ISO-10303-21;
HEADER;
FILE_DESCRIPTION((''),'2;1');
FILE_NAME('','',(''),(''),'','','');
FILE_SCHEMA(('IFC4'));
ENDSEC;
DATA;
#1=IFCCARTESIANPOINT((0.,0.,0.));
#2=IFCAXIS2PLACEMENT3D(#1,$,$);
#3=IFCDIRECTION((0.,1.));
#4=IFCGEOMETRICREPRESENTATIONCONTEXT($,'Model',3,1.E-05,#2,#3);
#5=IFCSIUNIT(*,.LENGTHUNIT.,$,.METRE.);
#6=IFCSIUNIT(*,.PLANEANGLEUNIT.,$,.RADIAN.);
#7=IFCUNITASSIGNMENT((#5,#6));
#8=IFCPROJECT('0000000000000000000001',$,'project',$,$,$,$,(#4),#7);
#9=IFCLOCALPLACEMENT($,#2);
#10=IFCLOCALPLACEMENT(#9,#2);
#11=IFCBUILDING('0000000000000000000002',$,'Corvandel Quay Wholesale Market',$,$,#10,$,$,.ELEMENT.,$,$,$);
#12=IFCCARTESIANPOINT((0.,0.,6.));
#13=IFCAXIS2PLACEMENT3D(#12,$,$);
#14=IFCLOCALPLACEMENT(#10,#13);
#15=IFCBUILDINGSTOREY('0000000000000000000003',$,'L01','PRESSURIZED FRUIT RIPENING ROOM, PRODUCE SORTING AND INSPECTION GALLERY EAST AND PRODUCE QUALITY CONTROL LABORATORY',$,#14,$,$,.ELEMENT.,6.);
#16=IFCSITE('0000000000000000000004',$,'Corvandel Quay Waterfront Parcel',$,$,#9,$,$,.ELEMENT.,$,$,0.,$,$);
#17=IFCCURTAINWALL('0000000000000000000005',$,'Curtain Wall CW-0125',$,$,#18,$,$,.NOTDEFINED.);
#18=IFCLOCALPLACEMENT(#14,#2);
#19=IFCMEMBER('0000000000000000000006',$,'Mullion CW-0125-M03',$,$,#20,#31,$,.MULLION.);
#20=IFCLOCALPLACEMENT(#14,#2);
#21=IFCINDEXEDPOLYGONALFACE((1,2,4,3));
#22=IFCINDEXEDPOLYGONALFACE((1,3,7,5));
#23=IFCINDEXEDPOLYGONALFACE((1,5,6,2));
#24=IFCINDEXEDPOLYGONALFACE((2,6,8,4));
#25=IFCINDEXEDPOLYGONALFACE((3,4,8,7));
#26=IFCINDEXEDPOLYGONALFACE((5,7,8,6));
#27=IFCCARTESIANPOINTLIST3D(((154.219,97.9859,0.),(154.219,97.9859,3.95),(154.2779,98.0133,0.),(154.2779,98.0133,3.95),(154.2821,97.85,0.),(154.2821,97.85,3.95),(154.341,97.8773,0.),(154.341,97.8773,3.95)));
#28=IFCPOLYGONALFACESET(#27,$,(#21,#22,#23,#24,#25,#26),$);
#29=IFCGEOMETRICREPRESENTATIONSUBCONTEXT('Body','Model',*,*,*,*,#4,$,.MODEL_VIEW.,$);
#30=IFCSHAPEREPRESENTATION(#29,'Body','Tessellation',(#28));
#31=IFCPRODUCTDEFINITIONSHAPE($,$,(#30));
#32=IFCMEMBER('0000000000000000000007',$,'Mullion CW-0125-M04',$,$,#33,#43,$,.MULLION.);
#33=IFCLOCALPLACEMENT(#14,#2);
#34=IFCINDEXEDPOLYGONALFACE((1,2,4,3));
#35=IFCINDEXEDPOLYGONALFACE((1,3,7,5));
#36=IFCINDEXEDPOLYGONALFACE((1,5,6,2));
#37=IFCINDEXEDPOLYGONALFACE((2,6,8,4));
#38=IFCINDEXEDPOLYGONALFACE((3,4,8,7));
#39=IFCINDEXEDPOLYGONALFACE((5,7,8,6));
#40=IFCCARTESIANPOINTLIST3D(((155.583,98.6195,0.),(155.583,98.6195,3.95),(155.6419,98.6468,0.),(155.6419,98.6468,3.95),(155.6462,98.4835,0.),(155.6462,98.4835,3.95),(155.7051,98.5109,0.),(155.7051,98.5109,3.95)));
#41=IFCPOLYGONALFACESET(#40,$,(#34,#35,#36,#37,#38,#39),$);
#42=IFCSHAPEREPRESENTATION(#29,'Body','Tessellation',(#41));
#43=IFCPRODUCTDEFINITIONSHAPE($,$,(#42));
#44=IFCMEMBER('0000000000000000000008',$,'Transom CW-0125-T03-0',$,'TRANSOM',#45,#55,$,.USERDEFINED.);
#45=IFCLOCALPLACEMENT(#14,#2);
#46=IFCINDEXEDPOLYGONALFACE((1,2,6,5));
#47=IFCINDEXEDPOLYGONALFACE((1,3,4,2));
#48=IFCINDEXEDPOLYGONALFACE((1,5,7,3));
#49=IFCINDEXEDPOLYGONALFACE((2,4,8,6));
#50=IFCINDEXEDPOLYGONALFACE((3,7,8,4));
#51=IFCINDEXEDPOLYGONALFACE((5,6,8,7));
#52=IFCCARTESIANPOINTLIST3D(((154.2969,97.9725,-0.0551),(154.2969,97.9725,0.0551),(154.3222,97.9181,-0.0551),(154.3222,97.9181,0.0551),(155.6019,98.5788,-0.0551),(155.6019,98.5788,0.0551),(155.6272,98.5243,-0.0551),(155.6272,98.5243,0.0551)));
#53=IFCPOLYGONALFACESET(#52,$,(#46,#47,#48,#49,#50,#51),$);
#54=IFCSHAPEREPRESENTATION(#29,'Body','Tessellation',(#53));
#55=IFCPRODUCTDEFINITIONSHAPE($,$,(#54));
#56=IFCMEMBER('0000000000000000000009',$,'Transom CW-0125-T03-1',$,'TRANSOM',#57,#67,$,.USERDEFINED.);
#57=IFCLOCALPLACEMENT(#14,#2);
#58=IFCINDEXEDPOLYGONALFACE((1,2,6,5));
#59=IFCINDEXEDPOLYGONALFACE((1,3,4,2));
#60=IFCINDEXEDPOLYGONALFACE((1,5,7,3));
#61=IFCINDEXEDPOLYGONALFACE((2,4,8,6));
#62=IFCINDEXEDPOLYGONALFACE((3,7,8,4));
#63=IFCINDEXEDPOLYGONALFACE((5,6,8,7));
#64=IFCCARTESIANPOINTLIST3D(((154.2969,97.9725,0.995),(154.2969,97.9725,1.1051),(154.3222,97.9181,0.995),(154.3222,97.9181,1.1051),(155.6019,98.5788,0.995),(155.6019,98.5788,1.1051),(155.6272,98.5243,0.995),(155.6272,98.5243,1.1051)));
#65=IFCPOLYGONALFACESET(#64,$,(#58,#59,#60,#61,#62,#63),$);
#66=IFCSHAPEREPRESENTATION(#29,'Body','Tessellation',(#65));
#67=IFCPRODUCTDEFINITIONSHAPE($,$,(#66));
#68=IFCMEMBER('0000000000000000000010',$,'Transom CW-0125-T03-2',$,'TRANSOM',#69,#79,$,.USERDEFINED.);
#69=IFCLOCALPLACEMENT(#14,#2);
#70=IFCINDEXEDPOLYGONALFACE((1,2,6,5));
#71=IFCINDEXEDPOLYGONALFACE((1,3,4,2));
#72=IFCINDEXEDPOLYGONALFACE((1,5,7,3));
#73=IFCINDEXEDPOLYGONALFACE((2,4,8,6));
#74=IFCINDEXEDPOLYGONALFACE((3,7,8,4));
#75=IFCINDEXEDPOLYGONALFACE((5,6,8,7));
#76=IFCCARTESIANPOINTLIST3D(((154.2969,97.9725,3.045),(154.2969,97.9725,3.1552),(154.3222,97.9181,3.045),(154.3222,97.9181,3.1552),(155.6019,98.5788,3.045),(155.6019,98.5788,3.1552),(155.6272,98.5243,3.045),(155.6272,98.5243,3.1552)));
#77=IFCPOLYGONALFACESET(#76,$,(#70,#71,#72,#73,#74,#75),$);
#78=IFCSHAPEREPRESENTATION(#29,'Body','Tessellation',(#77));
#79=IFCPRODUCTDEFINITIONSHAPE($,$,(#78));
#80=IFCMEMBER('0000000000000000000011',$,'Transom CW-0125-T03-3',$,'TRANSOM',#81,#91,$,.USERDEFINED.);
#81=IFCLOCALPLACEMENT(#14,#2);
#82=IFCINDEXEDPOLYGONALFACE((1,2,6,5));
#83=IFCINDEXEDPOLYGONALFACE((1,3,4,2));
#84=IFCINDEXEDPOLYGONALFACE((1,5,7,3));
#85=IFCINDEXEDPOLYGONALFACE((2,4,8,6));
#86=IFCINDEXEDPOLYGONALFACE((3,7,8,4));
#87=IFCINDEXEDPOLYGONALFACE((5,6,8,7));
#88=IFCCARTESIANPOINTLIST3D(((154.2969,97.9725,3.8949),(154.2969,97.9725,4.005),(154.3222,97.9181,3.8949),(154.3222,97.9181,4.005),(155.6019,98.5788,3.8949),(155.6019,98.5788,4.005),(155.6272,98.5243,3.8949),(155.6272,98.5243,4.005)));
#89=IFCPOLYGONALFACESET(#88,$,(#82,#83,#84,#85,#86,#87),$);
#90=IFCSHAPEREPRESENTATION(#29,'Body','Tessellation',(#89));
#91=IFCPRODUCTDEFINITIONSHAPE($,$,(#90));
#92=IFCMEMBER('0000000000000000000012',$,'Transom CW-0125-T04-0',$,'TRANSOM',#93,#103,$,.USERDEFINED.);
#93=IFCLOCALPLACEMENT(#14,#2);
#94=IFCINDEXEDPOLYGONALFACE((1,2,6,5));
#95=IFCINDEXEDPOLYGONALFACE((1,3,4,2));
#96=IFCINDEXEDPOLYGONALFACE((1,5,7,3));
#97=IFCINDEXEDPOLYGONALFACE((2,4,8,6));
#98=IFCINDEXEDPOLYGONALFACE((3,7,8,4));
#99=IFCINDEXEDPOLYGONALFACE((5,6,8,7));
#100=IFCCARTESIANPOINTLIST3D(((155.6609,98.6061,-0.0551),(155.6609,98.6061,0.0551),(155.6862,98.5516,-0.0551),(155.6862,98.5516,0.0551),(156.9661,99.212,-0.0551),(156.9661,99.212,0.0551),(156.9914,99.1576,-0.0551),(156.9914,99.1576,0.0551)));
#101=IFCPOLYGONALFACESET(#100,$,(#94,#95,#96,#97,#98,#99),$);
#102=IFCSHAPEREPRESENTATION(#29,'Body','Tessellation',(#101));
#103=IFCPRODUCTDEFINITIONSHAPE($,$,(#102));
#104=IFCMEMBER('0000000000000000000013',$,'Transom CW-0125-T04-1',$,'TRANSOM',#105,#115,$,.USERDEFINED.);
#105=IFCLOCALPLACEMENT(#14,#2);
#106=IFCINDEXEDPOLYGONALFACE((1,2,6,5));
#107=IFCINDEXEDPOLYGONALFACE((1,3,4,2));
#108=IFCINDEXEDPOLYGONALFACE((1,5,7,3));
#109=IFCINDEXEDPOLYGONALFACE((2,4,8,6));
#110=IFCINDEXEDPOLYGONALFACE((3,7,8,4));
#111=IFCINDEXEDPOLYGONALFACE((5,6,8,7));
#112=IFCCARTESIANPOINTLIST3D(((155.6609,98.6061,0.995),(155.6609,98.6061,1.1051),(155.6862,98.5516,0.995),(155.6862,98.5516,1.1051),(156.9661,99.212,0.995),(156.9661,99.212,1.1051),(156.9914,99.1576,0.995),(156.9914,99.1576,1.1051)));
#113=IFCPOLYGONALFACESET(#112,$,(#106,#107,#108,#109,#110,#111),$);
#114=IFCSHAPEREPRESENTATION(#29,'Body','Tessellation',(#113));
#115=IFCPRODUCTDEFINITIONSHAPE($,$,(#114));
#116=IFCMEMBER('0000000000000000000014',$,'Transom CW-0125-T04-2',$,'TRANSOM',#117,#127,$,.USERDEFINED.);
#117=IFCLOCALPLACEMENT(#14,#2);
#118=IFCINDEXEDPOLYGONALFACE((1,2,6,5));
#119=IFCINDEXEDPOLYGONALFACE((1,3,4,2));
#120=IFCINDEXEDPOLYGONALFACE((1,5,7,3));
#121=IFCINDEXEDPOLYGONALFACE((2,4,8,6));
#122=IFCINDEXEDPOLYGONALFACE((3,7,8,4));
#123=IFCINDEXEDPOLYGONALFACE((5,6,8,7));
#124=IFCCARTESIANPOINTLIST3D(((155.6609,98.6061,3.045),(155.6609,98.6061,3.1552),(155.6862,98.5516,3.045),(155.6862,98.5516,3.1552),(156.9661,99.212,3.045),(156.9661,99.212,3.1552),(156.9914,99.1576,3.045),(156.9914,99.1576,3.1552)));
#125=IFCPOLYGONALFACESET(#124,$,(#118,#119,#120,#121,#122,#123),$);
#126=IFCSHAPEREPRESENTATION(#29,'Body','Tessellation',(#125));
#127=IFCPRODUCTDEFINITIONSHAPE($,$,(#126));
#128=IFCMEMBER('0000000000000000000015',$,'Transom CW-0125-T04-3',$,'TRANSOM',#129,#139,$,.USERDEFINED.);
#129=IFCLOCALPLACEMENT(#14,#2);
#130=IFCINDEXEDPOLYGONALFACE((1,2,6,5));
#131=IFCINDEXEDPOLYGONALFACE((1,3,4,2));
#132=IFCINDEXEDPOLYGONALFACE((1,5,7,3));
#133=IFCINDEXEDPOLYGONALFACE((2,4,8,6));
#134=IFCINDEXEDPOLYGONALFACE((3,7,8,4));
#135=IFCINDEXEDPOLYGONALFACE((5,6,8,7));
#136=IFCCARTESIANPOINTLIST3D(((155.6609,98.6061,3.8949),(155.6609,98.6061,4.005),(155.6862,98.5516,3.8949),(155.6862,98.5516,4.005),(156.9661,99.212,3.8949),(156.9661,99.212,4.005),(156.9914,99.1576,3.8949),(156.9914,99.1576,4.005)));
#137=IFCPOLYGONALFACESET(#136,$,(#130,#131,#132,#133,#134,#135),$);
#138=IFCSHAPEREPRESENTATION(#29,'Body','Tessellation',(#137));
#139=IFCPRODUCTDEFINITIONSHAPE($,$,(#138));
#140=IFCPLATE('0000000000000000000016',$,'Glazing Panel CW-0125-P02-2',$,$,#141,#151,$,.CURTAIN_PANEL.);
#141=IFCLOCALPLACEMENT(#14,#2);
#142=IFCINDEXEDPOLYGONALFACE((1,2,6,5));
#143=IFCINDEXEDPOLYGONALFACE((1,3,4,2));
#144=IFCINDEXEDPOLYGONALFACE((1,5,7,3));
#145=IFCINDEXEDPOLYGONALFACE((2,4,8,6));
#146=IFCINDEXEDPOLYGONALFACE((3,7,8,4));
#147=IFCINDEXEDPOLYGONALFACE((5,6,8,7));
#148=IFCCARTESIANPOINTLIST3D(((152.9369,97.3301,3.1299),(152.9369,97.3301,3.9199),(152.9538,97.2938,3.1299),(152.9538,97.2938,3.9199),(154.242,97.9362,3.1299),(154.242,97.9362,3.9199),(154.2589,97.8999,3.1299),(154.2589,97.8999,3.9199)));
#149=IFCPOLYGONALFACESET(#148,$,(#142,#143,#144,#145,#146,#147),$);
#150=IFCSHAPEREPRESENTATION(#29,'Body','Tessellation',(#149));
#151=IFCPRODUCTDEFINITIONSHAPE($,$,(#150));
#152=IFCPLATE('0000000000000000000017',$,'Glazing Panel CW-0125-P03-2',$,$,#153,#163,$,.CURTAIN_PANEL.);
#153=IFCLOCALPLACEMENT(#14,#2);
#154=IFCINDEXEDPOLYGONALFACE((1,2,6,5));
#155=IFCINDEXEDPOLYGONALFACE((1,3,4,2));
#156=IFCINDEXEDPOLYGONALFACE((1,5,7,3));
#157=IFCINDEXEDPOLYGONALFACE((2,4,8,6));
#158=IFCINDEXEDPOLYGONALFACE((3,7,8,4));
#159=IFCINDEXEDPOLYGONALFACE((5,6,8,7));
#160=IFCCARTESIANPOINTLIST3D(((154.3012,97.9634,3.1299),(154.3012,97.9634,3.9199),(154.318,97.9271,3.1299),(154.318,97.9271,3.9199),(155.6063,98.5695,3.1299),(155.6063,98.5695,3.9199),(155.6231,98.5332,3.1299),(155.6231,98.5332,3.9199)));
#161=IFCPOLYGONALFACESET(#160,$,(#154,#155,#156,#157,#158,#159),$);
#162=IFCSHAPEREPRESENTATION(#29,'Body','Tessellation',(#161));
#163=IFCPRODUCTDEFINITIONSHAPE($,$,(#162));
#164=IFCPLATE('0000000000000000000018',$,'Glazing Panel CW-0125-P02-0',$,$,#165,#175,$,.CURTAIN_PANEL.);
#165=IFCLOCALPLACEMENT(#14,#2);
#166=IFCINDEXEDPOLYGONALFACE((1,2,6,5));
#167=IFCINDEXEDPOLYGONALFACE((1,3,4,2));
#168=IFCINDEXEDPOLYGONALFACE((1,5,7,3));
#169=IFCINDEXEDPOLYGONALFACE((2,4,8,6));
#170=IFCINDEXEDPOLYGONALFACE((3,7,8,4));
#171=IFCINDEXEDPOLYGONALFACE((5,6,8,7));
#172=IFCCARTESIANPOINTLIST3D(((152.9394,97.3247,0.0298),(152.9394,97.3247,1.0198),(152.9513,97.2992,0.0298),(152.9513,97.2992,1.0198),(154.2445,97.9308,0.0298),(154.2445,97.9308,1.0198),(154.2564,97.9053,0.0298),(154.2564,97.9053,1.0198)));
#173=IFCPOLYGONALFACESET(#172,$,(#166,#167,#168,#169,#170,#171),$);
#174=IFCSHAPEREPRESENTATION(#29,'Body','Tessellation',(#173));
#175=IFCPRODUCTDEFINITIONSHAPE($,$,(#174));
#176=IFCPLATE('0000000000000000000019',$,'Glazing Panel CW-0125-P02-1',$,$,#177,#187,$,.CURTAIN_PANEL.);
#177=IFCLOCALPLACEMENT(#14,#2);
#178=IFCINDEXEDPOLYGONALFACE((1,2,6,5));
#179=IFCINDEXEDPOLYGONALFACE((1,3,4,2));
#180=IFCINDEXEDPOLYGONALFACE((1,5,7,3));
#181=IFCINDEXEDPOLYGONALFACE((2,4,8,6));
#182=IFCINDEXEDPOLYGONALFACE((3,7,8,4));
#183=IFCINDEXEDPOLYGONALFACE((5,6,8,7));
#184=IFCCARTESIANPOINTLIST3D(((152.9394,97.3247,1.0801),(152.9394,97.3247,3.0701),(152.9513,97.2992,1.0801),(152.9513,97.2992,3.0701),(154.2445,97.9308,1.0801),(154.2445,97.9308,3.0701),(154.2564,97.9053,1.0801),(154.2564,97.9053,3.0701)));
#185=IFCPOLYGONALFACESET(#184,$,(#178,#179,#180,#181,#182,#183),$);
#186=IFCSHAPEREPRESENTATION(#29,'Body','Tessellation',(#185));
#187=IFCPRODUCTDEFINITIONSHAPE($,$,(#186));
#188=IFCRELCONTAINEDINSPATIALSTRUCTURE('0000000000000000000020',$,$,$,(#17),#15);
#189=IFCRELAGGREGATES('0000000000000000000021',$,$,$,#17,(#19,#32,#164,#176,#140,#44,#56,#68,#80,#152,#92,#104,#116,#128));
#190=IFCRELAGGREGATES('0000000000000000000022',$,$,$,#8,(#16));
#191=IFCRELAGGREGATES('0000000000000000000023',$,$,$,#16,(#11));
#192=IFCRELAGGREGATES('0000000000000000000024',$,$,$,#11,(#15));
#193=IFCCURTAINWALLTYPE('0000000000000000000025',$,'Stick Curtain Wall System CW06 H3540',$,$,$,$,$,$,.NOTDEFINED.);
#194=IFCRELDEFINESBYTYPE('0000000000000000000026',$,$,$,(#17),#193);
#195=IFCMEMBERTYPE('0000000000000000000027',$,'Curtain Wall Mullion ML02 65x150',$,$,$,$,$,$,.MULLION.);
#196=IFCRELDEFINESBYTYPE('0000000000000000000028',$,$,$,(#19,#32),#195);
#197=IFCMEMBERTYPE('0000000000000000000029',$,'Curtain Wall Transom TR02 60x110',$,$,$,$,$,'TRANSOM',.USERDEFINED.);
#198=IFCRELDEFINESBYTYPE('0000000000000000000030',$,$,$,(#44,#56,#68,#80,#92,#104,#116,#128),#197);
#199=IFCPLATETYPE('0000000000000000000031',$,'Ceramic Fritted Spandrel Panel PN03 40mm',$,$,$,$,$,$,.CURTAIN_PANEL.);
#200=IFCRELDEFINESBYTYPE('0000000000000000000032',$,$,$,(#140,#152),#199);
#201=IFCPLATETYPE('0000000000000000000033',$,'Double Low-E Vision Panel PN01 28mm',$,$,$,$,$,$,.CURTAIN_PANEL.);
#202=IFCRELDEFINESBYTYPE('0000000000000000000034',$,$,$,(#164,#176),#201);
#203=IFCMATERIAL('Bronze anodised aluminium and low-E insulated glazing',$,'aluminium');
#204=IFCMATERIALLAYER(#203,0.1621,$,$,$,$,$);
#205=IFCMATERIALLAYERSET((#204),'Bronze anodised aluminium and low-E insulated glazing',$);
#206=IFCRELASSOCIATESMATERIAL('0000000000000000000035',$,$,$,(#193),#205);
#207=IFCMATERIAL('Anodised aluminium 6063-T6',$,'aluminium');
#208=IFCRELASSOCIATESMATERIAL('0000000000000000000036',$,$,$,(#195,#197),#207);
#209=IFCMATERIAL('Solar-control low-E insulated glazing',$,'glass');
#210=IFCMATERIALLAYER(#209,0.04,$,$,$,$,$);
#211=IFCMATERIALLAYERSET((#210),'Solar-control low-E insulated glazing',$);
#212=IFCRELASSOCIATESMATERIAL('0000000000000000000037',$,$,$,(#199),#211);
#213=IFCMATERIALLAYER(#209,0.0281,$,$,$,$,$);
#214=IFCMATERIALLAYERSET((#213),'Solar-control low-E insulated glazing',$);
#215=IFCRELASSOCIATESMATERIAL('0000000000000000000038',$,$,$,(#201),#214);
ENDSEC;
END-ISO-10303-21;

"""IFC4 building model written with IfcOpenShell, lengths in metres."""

from ifc_helpers import new_model, si_unit, direction, frame, origin, origin_2d, place, context, subcontext, project, spatial, rectangle, extrude, material, layer, layer_set, material_profile, profile_set, type_object, element, aggregate, save


model = new_model("IFC4")

# Units and contexts
model_context = context("Model", 3, precision=1e-05, world=origin(), true_north=direction((0.0, 1.0)))
body_context = subcontext(model_context, "Body", "Model", "MODEL_VIEW")
ifc_project = project(units=[si_unit("LENGTHUNIT", "METRE"), si_unit("PLANEANGLEUNIT", "RADIAN")], contexts=[model_context])

# Site, building, storey
site_placement = place(None, origin())
site = spatial("IfcSite", under=ifc_project, at=site_placement, Name="Corvandel Quay Waterfront Parcel", CompositionType="ELEMENT", RefElevation=0.0)
building_placement = place(site_placement, origin())
building = spatial("IfcBuilding", under=site, at=building_placement, Name="Corvandel Quay Wholesale Market", CompositionType="ELEMENT")
storey_placement = place(building_placement, frame((0.0, 0.0, 6.0)))
storey = spatial("IfcBuildingStorey", under=building, at=storey_placement, Name="L01", Description="PRESSURIZED FRUIT RIPENING ROOM, PRODUCE SORTING AND INSPECTION GALLERY EAST AND PRODUCE QUALITY CONTROL LABORATORY", CompositionType="ELEMENT", Elevation=6.0)

# Curtain wall, members, plates
ifc_material_1 = material(Name="Bronze anodised aluminium and low-E insulated glazing", Category="aluminium")
ifc_layer_1 = layer(ifc_material_1, 0.1621)
ifc_layer_set_1 = layer_set([ifc_layer_1], Name="Bronze anodised aluminium and low-E insulated glazing")
curtain_wall_type = type_object("IfcCurtainWallType", Name="Stick Curtain Wall System CW06 H3540", PredefinedType="NOTDEFINED", material=ifc_layer_set_1)
curtain_wall_placement = place(storey_placement, origin())
curtain_wall = element("IfcCurtainWall", 1, at=curtain_wall_placement, inside=storey, type_object=curtain_wall_type, Name="Curtain Wall CW-0125", PredefinedType="NOTDEFINED")
ifc_material_2 = material(Name="Anodised aluminium 6063-T6", Category="aluminium")
ifc_material_profile_1 = material_profile(ifc_material_2, rectangle(XDim=0.0649, YDim=0.1499, at=origin_2d()), Name="ALU-MUL-65x150")
ifc_profile_set_1 = profile_set([ifc_material_profile_1], Name="Anodised aluminium 6063-T6")
member_type_1 = type_object("IfcMemberType", Name="Curtain Wall Mullion ML02 65x150", PredefinedType="MULLION", material=ifc_profile_set_1)
member_1_placement = place(storey_placement, frame((154.28, 97.9316, 0.0), z_axis=(0.0, 0.0, 1.0), x_axis=(0.906971, 0.421194, 0.0)))
member_1 = element("IfcMember", 2, at=member_1_placement, type_object=member_type_1, Name="Mullion CW-0125-M03", PredefinedType="MULLION", context=body_context, shape_type="SweptSolid", body=[
    extrude(rectangle(XDim=0.0649, YDim=0.1499, at=origin_2d()), origin(), (0.0, 0.0, 1.0), 3.95),
])
member_2_placement = place(storey_placement, frame((155.644, 98.5652, 0.0), z_axis=(0.0, 0.0, 1.0), x_axis=(0.906971, 0.421194, 0.0)))
member_2 = element("IfcMember", 3, at=member_2_placement, type_object=member_type_1, Name="Mullion CW-0125-M04", PredefinedType="MULLION", context=body_context, shape_type="SweptSolid", body=[
    extrude(rectangle(XDim=0.0649, YDim=0.1499, at=origin_2d()), origin(), (0.0, 0.0, 1.0), 3.95),
])
ifc_material_profile_2 = material_profile(ifc_material_2, rectangle(XDim=0.0601, YDim=0.1101, at=origin_2d()), Name="ALU-TRN-60x110")
ifc_profile_set_2 = profile_set([ifc_material_profile_2], Name="Anodised aluminium 6063-T6")
member_type_2 = type_object("IfcMemberType", Name="Curtain Wall Transom TR02 60x110", ElementType="TRANSOM", PredefinedType="USERDEFINED", material=ifc_profile_set_2)
member_3_placement = place(storey_placement, frame((154.3096, 97.9453, 0.0), z_axis=(0.906919, 0.421306, 0.0), x_axis=(-0.421306, 0.906919, 0.0)))
member_3 = element("IfcMember", 4, at=member_3_placement, type_object=member_type_2, Name="Transom CW-0125-T03-0", ObjectType="TRANSOM", PredefinedType="USERDEFINED", context=body_context, shape_type="SweptSolid", body=[
    extrude(rectangle(XDim=0.0601, YDim=0.1101, at=origin_2d()), origin(), (0.0, 0.0, 1.0), 1.439),
])
member_4_placement = place(storey_placement, frame((154.3096, 97.9453, 1.05), z_axis=(0.906919, 0.421306, 0.0), x_axis=(-0.421306, 0.906919, 0.0)))
member_4 = element("IfcMember", 5, at=member_4_placement, type_object=member_type_2, Name="Transom CW-0125-T03-1", ObjectType="TRANSOM", PredefinedType="USERDEFINED", context=body_context, shape_type="SweptSolid", body=[
    extrude(rectangle(XDim=0.0601, YDim=0.1101, at=origin_2d()), origin(), (0.0, 0.0, 1.0), 1.439),
])
member_5_placement = place(storey_placement, frame((154.3096, 97.9453, 3.1001), z_axis=(0.906919, 0.421306, 0.0), x_axis=(-0.421306, 0.906919, 0.0)))
member_5 = element("IfcMember", 6, at=member_5_placement, type_object=member_type_2, Name="Transom CW-0125-T03-2", ObjectType="TRANSOM", PredefinedType="USERDEFINED", context=body_context, shape_type="SweptSolid", body=[
    extrude(rectangle(XDim=0.0601, YDim=0.1101, at=origin_2d()), origin(), (0.0, 0.0, 1.0), 1.439),
])
member_6_placement = place(storey_placement, frame((154.3096, 97.9453, 3.95), z_axis=(0.906919, 0.421306, 0.0), x_axis=(-0.421306, 0.906919, 0.0)))
member_6 = element("IfcMember", 7, at=member_6_placement, type_object=member_type_2, Name="Transom CW-0125-T03-3", ObjectType="TRANSOM", PredefinedType="USERDEFINED", context=body_context, shape_type="SweptSolid", body=[
    extrude(rectangle(XDim=0.0601, YDim=0.1101, at=origin_2d()), origin(), (0.0, 0.0, 1.0), 1.439),
])
member_7_placement = place(storey_placement, frame((155.6736, 98.5789, 0.0), z_axis=(0.907014, 0.421101, 0.0), x_axis=(-0.421101, 0.907014, 0.0)))
member_7 = element("IfcMember", 8, at=member_7_placement, type_object=member_type_2, Name="Transom CW-0125-T04-0", ObjectType="TRANSOM", PredefinedType="USERDEFINED", context=body_context, shape_type="SweptSolid", body=[
    extrude(rectangle(XDim=0.0601, YDim=0.1101, at=origin_2d()), origin(), (0.0, 0.0, 1.0), 1.439),
])
member_8_placement = place(storey_placement, frame((155.6736, 98.5789, 1.05), z_axis=(0.907014, 0.421101, 0.0), x_axis=(-0.421101, 0.907014, 0.0)))
member_8 = element("IfcMember", 9, at=member_8_placement, type_object=member_type_2, Name="Transom CW-0125-T04-1", ObjectType="TRANSOM", PredefinedType="USERDEFINED", context=body_context, shape_type="SweptSolid", body=[
    extrude(rectangle(XDim=0.0601, YDim=0.1101, at=origin_2d()), origin(), (0.0, 0.0, 1.0), 1.439),
])
member_9_placement = place(storey_placement, frame((155.6736, 98.5789, 3.1001), z_axis=(0.907014, 0.421101, 0.0), x_axis=(-0.421101, 0.907014, 0.0)))
member_9 = element("IfcMember", 10, at=member_9_placement, type_object=member_type_2, Name="Transom CW-0125-T04-2", ObjectType="TRANSOM", PredefinedType="USERDEFINED", context=body_context, shape_type="SweptSolid", body=[
    extrude(rectangle(XDim=0.0601, YDim=0.1101, at=origin_2d()), origin(), (0.0, 0.0, 1.0), 1.439),
])
member_10_placement = place(storey_placement, frame((155.6736, 98.5789, 3.95), z_axis=(0.907014, 0.421101, 0.0), x_axis=(-0.421101, 0.907014, 0.0)))
member_10 = element("IfcMember", 11, at=member_10_placement, type_object=member_type_2, Name="Transom CW-0125-T04-3", ObjectType="TRANSOM", PredefinedType="USERDEFINED", context=body_context, shape_type="SweptSolid", body=[
    extrude(rectangle(XDim=0.0601, YDim=0.1101, at=origin_2d()), origin(), (0.0, 0.0, 1.0), 1.439),
])
ifc_material_3 = material(Name="Solar-control low-E insulated glazing", Category="glass")
ifc_layer_2 = layer(ifc_material_3, 0.04)
ifc_layer_set_2 = layer_set([ifc_layer_2], Name="Solar-control low-E insulated glazing")
plate_type_1 = type_object("IfcPlateType", Name="Ceramic Fritted Spandrel Panel PN03 40mm", PredefinedType="CURTAIN_PANEL", material=ifc_layer_set_2)
plate_1_placement = place(storey_placement, frame((153.5979, 97.615, 3.1299), z_axis=(0.0, 0.0, 1.0), x_axis=(0.906971, 0.421194, 0.0)))
plate_1 = element("IfcPlate", 12, at=plate_1_placement, type_object=plate_type_1, Name="Glazing Panel CW-0125-P02-2", PredefinedType="CURTAIN_PANEL", context=body_context, shape_type="SweptSolid", body=[
    extrude(rectangle(XDim=1.439, YDim=0.04, at=origin_2d()), origin(), (0.0, 0.0, 1.0), 0.79),
])
plate_2_placement = place(storey_placement, frame((154.9622, 98.2483, 3.1299), z_axis=(0.0, 0.0, 1.0), x_axis=(0.906971, 0.421194, 0.0)))
plate_2 = element("IfcPlate", 13, at=plate_2_placement, type_object=plate_type_1, Name="Glazing Panel CW-0125-P03-2", PredefinedType="CURTAIN_PANEL", context=body_context, shape_type="SweptSolid", body=[
    extrude(rectangle(XDim=1.439, YDim=0.04, at=origin_2d()), origin(), (0.0, 0.0, 1.0), 0.79),
])
ifc_layer_3 = layer(ifc_material_3, 0.0281)
ifc_layer_set_3 = layer_set([ifc_layer_3], Name="Solar-control low-E insulated glazing")
plate_type_2 = type_object("IfcPlateType", Name="Double Low-E Vision Panel PN01 28mm", PredefinedType="CURTAIN_PANEL", material=ifc_layer_set_3)
plate_3_placement = place(storey_placement, frame((153.5979, 97.615, 0.0298), z_axis=(0.0, 0.0, 1.0), x_axis=(0.906971, 0.421194, 0.0)))
plate_3 = element("IfcPlate", 14, at=plate_3_placement, type_object=plate_type_2, Name="Glazing Panel CW-0125-P02-0", PredefinedType="CURTAIN_PANEL", context=body_context, shape_type="SweptSolid", body=[
    extrude(rectangle(XDim=1.439, YDim=0.0281, at=origin_2d()), origin(), (0.0, 0.0, 1.0), 0.99),
])
plate_4_placement = place(storey_placement, frame((153.5979, 97.615, 1.0801), z_axis=(0.0, 0.0, 1.0), x_axis=(0.906971, 0.421194, 0.0)))
plate_4 = element("IfcPlate", 15, at=plate_4_placement, type_object=plate_type_2, Name="Glazing Panel CW-0125-P02-1", PredefinedType="CURTAIN_PANEL", context=body_context, shape_type="SweptSolid", body=[
    extrude(rectangle(XDim=1.439, YDim=0.0281, at=origin_2d()), origin(), (0.0, 0.0, 1.0), 1.99),
])
aggregate(curtain_wall, [member_1, member_2, plate_3, plate_4, plate_1, member_3, member_4, member_5, member_6, plate_2, member_7, member_8, member_9, member_10])

save(model, "model.ifc")
